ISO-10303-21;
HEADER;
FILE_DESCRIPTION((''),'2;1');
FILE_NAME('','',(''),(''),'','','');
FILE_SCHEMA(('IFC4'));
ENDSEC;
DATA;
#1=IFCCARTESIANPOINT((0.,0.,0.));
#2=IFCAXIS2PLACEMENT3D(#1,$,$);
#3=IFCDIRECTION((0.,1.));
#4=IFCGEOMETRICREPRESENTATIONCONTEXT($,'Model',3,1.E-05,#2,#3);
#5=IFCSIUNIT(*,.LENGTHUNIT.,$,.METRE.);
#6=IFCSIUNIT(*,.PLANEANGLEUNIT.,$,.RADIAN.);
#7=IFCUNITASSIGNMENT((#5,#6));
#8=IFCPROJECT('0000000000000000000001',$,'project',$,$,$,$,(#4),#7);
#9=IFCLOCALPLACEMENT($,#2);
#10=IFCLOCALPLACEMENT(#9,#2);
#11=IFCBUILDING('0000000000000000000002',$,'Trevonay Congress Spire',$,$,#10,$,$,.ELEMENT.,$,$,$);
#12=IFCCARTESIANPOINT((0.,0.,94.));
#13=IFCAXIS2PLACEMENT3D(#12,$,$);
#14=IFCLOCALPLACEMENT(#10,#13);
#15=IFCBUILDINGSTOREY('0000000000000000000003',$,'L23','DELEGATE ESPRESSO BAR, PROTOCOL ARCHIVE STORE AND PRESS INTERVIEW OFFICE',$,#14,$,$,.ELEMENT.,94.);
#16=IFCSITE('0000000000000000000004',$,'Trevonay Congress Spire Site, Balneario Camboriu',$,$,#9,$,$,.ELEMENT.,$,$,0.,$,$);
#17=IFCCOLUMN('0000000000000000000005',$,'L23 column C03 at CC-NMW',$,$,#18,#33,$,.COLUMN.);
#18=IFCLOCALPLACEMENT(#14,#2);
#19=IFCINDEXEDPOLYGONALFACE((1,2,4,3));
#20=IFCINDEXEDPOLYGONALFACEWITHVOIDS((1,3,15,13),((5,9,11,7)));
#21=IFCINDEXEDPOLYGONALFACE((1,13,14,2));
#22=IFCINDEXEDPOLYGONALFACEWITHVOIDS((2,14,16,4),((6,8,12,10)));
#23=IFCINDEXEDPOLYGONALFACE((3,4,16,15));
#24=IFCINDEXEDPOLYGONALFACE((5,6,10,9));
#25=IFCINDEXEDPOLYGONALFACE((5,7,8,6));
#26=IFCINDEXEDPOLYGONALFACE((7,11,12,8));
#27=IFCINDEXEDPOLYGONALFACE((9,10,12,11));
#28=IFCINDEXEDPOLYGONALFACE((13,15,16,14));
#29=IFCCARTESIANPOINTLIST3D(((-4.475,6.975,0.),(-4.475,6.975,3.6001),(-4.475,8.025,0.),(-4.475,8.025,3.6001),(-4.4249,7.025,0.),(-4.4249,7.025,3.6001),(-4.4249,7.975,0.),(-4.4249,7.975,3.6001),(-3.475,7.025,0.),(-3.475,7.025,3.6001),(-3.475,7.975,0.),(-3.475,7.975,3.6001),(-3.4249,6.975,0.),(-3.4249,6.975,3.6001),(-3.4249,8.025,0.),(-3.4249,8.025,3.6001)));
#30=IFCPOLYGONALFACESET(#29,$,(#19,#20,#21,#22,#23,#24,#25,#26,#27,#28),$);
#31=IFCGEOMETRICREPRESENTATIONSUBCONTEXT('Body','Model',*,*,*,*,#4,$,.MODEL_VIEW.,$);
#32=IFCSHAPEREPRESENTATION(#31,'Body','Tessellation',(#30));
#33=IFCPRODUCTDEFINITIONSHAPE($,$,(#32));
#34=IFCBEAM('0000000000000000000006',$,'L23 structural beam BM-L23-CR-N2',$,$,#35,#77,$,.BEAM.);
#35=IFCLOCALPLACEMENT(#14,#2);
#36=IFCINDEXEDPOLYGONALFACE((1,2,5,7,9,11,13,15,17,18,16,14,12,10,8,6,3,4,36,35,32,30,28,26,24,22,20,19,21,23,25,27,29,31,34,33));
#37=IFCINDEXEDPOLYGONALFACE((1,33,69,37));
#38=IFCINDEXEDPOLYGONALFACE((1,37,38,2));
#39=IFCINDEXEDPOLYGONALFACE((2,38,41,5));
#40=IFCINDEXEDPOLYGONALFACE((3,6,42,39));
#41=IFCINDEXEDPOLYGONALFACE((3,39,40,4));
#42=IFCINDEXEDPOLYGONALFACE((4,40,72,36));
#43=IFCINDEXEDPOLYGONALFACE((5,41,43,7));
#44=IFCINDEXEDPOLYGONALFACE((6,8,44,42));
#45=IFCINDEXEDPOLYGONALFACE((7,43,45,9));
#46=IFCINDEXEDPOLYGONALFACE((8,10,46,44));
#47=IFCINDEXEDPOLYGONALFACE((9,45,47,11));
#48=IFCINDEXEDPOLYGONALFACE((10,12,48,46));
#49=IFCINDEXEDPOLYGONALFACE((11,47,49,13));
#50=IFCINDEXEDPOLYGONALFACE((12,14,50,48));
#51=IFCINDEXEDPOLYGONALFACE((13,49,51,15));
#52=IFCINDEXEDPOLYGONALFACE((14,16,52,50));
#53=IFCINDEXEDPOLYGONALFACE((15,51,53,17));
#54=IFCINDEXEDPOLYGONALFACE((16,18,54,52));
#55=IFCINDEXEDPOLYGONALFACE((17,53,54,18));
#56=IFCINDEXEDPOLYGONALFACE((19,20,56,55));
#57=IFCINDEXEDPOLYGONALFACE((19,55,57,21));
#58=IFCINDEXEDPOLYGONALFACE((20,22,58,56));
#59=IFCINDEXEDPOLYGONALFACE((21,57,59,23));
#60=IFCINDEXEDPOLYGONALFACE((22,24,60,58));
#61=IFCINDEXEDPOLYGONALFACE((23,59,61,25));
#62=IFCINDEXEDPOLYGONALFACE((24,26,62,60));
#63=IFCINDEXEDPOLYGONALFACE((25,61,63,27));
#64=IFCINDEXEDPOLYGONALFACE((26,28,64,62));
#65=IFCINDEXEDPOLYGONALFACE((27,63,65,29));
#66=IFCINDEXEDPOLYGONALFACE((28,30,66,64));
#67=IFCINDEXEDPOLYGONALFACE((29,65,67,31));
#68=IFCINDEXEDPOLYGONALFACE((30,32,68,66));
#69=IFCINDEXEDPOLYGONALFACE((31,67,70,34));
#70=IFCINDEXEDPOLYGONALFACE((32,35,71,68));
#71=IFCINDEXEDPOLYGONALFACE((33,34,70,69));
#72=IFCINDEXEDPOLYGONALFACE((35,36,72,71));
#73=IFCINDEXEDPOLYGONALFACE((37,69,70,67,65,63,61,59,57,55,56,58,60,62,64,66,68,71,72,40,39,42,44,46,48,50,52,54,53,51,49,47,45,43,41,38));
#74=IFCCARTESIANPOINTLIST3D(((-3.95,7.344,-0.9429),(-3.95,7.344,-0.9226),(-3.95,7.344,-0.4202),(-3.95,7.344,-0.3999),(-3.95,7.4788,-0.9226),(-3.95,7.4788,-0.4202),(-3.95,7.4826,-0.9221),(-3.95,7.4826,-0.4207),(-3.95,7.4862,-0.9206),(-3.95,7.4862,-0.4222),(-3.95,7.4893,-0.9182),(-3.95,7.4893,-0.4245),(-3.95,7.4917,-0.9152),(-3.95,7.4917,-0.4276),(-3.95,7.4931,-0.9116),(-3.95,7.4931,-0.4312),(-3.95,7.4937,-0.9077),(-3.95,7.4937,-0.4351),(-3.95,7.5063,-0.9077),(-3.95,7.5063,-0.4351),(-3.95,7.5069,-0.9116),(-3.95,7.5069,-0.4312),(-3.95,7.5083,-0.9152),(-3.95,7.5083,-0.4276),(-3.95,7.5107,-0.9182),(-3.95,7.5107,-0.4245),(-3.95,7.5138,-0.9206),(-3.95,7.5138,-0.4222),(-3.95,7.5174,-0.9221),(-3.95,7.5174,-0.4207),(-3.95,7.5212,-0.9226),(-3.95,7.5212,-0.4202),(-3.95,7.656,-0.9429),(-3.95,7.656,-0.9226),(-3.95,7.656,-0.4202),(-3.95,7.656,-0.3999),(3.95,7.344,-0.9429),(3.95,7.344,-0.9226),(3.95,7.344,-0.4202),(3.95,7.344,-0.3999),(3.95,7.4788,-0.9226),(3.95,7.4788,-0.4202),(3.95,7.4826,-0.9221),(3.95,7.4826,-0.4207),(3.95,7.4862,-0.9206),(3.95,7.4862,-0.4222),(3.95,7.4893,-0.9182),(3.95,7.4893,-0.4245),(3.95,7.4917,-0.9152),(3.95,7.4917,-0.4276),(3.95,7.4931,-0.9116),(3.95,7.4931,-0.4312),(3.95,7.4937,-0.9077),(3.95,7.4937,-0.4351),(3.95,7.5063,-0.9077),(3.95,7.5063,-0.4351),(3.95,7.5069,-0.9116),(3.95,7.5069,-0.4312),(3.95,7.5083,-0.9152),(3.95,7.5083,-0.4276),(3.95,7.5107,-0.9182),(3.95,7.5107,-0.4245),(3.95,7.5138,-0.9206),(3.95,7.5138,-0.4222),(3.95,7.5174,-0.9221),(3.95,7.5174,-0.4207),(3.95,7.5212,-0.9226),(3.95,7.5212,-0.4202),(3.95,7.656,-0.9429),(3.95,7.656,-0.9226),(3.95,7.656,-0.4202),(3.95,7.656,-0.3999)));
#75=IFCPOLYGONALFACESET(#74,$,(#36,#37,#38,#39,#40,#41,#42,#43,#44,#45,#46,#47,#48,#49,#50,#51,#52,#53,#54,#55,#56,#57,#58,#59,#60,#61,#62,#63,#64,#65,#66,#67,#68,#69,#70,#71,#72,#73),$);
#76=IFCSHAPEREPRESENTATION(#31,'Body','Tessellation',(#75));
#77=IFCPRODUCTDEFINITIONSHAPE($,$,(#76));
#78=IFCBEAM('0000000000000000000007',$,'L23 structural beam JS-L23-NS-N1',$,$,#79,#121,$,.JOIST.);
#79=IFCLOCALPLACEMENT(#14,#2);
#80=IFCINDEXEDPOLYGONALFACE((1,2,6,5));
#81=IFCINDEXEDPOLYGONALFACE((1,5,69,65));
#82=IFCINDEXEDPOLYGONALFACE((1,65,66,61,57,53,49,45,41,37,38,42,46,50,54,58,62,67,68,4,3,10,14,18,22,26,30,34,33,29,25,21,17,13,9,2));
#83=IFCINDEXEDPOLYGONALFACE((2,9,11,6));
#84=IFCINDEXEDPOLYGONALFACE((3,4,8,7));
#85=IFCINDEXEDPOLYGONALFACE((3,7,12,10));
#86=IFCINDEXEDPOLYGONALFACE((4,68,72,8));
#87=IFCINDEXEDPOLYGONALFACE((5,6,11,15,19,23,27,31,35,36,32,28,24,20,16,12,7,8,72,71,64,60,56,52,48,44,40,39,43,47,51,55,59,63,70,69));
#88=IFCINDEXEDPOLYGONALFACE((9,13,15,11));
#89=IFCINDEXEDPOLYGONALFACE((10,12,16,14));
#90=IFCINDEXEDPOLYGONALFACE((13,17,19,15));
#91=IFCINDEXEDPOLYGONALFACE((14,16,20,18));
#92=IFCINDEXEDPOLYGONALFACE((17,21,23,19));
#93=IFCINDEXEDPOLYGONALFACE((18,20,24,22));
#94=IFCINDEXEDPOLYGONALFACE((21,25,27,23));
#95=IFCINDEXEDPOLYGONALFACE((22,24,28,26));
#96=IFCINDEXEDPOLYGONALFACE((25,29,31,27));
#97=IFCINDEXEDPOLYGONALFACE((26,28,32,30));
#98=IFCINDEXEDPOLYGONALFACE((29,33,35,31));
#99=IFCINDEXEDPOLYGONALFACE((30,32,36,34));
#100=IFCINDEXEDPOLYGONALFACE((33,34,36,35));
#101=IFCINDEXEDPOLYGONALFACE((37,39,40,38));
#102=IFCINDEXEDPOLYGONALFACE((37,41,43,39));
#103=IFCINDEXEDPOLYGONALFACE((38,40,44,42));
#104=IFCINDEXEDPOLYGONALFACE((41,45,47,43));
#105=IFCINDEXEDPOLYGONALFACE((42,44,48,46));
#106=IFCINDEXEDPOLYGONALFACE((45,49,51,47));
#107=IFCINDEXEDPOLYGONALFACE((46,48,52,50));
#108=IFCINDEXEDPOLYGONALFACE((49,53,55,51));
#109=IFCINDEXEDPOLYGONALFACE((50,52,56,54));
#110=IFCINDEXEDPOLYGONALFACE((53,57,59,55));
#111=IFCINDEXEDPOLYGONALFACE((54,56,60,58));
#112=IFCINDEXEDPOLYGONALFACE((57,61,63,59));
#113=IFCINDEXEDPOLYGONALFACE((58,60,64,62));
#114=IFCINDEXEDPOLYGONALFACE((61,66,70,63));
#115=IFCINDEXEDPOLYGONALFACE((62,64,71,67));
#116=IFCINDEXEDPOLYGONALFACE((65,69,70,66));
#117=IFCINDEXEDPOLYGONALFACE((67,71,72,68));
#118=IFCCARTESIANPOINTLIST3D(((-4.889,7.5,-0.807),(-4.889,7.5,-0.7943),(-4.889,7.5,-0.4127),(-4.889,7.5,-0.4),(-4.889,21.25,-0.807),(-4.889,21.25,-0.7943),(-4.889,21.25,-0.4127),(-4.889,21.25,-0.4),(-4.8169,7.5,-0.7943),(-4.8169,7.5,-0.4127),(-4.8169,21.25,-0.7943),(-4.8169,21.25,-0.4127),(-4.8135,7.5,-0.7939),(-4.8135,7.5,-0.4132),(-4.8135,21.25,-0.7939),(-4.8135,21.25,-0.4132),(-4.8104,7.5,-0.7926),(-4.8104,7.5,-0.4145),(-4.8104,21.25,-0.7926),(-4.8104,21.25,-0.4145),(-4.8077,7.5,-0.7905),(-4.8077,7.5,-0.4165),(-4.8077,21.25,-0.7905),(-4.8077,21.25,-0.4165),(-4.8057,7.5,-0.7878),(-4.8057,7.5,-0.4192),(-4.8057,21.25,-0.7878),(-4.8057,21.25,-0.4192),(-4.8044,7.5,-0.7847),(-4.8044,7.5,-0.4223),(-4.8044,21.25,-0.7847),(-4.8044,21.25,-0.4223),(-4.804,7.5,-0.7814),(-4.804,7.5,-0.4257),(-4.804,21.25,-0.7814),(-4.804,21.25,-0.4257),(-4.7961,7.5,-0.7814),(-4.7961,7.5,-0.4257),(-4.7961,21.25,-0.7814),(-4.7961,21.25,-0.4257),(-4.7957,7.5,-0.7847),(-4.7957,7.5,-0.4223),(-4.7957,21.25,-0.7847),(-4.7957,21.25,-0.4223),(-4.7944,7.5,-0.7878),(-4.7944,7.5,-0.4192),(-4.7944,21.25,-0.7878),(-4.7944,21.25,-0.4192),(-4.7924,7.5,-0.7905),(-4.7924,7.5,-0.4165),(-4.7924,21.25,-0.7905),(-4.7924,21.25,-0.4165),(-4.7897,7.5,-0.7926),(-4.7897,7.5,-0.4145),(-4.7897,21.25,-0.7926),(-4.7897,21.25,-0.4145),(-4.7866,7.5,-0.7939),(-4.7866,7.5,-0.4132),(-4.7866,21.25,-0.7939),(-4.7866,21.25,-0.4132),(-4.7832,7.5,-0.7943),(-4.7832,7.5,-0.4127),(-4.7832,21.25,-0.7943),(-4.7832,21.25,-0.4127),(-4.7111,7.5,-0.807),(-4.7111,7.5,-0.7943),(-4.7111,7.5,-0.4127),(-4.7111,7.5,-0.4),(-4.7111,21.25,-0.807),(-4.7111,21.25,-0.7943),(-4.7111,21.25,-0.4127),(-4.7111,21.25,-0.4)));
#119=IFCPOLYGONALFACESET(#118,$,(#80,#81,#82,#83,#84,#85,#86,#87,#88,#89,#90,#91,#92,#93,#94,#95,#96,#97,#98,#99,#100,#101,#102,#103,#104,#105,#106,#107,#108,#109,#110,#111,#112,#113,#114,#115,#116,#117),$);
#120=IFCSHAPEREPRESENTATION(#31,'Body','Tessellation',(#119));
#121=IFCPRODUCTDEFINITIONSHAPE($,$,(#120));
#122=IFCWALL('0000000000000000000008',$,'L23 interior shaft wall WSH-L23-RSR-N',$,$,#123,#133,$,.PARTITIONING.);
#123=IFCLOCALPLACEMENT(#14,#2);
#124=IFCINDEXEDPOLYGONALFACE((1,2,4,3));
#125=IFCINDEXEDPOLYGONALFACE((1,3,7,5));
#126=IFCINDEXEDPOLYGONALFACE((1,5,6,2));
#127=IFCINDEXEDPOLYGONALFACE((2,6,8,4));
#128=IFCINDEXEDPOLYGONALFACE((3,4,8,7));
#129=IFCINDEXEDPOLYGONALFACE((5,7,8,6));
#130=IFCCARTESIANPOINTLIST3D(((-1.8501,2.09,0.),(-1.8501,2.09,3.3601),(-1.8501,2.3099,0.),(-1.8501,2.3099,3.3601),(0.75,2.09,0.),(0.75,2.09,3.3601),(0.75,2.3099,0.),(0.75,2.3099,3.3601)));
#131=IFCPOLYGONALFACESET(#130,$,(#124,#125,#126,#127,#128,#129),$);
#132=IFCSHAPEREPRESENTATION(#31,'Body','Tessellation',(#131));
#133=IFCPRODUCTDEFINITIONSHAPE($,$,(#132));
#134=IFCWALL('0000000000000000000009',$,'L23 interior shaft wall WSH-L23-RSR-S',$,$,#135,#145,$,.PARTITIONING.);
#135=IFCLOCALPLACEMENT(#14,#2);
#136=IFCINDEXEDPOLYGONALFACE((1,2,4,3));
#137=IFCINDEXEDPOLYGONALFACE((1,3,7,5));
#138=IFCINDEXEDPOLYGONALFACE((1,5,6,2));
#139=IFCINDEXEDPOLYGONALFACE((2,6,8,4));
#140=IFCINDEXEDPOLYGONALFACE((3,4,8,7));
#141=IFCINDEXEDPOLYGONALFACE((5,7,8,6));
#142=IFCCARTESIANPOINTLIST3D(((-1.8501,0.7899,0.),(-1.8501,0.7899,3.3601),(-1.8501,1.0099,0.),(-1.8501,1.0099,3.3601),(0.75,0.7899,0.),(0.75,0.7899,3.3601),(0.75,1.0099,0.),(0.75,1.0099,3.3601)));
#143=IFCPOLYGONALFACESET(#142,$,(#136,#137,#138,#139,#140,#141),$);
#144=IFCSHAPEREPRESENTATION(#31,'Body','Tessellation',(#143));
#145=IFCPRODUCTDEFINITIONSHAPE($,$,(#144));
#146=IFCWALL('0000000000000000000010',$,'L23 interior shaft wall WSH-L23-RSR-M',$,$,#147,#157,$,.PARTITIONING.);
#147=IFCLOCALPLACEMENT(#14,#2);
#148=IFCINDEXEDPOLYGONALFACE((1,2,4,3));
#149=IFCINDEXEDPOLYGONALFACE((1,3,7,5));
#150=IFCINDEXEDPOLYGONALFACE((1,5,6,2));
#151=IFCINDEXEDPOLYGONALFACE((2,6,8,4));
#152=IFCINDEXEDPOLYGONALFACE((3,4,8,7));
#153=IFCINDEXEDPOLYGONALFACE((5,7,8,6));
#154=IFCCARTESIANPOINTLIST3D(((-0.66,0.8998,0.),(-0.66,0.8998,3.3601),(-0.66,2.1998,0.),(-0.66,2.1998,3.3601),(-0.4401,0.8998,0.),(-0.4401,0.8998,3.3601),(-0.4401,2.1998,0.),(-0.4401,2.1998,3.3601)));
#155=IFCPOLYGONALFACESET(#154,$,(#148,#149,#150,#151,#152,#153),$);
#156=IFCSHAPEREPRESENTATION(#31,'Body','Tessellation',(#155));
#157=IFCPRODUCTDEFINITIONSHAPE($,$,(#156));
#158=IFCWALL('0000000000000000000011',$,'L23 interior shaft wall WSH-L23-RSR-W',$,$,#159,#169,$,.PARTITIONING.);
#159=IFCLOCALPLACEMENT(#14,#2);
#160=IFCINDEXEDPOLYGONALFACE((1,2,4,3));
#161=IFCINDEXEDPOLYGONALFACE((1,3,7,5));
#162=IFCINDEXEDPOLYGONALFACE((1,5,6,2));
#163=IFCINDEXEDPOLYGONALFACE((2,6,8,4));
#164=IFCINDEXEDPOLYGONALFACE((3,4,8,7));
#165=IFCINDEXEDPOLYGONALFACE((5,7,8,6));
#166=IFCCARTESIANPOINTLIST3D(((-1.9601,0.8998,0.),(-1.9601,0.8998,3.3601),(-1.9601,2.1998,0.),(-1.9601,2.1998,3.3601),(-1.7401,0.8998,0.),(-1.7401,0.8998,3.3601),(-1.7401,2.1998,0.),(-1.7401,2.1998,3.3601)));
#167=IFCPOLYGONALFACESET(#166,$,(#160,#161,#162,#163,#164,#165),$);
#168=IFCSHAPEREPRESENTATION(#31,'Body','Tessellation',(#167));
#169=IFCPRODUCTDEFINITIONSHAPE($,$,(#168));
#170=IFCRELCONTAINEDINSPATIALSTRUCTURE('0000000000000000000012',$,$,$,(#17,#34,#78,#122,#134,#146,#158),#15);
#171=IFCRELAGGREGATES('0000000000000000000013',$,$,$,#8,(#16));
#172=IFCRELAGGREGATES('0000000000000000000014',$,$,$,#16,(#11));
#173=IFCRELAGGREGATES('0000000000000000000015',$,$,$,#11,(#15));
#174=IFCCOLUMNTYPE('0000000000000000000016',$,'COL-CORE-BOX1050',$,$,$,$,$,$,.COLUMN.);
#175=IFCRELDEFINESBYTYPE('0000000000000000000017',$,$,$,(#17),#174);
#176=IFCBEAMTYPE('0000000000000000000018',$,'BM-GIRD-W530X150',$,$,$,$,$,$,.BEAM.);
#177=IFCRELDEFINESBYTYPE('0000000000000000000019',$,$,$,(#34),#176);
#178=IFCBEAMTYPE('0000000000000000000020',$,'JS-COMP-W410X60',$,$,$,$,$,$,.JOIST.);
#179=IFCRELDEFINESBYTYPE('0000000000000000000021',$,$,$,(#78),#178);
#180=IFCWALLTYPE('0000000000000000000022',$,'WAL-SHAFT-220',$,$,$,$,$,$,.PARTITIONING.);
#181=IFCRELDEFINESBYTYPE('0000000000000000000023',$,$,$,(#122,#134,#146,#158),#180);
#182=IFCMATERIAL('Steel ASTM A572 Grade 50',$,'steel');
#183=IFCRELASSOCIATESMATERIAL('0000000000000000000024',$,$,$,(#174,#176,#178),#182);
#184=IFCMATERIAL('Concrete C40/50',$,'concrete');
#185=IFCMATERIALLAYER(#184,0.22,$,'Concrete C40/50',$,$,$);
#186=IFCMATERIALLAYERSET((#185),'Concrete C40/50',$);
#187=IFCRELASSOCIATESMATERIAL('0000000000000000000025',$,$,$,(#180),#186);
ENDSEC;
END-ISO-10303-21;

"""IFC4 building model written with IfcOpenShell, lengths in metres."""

from ifc_helpers import new_model, si_unit, direction, frame, frame_2d, origin, origin_2d, place, context, subcontext, project, spatial, rectangle, hollow_rectangle, i_section, extrude, material, layer, layer_set, material_profile, profile_set, type_object, element, save


model = new_model("IFC4")

# Units and contexts
model_context = context("Model", 3, precision=1e-05, world=origin(), true_north=direction((0.0, 1.0)))
body_context = subcontext(model_context, "Body", "Model", "MODEL_VIEW")
ifc_project = project(units=[si_unit("LENGTHUNIT", "METRE"), si_unit("PLANEANGLEUNIT", "RADIAN")], contexts=[model_context])

# Site, building, storey
site_placement = place(None, origin())
site = spatial("IfcSite", under=ifc_project, at=site_placement, Name="Trevonay Congress Spire Site, Balneario Camboriu", CompositionType="ELEMENT", RefElevation=0.0)
building_placement = place(site_placement, origin())
building = spatial("IfcBuilding", under=site, at=building_placement, Name="Trevonay Congress Spire", CompositionType="ELEMENT")
storey_placement = place(building_placement, frame((0.0, 0.0, 94.0)))
storey = spatial("IfcBuildingStorey", under=building, at=storey_placement, Name="L23", Description="DELEGATE ESPRESSO BAR, PROTOCOL ARCHIVE STORE AND PRESS INTERVIEW OFFICE", CompositionType="ELEMENT", Elevation=94.0)

# Column
ifc_material_1 = material(Name="Steel ASTM A572 Grade 50", Category="steel")
ifc_material_profile_1 = material_profile(ifc_material_1, hollow_rectangle(XDim=1.05, YDim=1.05, WallThickness=0.05, at=origin_2d()), Name="BOX 1050x1050x50")
ifc_profile_set_1 = profile_set([ifc_material_profile_1], Name="Steel ASTM A572 Grade 50")
column_type = type_object("IfcColumnType", Name="COL-CORE-BOX1050", PredefinedType="COLUMN", material=ifc_profile_set_1)
column_placement = place(storey_placement, frame((-3.95, 7.5, 0.0), z_axis=(0.0, 0.0, 1.0), x_axis=(1.0, 0.0, 0.0)))
element("IfcColumn", 1, at=column_placement, inside=storey, type_object=column_type, Name="L23 column C03 at CC-NMW", PredefinedType="COLUMN", context=body_context, shape_type="SweptSolid", body=[
    extrude(hollow_rectangle(XDim=1.05, YDim=1.05, WallThickness=0.05, at=origin_2d()), origin(), (0.0, 0.0, 1.0), 3.6001),
])

# Beams
ifc_material_profile_2 = material_profile(ifc_material_1, i_section(OverallWidth=0.312, OverallDepth=0.543, WebThickness=0.0127, FlangeThickness=0.0203, FilletRadius=0.0149, at=origin_2d()), Name="W530x150")
ifc_profile_set_2 = profile_set([ifc_material_profile_2], Name="Steel ASTM A572 Grade 50")
beam_type_1 = type_object("IfcBeamType", Name="BM-GIRD-W530X150", PredefinedType="BEAM", material=ifc_profile_set_2)
beam_1_placement = place(storey_placement, frame((-3.95, 7.5, -0.6714), z_axis=(1.0, 0.0, 0.0), x_axis=(0.0, 1.0, 0.0)))
element("IfcBeam", 2, at=beam_1_placement, inside=storey, type_object=beam_type_1, Name="L23 structural beam BM-L23-CR-N2", PredefinedType="BEAM", context=body_context, shape_type="SweptSolid", body=[
    extrude(i_section(OverallWidth=0.312, OverallDepth=0.543, WebThickness=0.0127, FlangeThickness=0.0203, FilletRadius=0.0149, at=origin_2d()), origin(), (0.0, 0.0, 1.0), 7.8999),
])
ifc_material_profile_3 = material_profile(ifc_material_1, i_section(OverallWidth=0.178, OverallDepth=0.407, WebThickness=0.0078, FlangeThickness=0.0127, FilletRadius=0.0129, at=origin_2d()), Name="W410x60")
ifc_profile_set_3 = profile_set([ifc_material_profile_3], Name="Steel ASTM A572 Grade 50")
beam_type_2 = type_object("IfcBeamType", Name="JS-COMP-W410X60", PredefinedType="JOIST", material=ifc_profile_set_3)
beam_2_placement = place(storey_placement, frame((-4.8, 7.5, -0.6035), z_axis=(0.0, 1.0, 0.0), x_axis=(-1.0, 0.0, 0.0)))
element("IfcBeam", 3, at=beam_2_placement, inside=storey, type_object=beam_type_2, Name="L23 structural beam JS-L23-NS-N1", PredefinedType="JOIST", context=body_context, shape_type="SweptSolid", body=[
    extrude(i_section(OverallWidth=0.178, OverallDepth=0.407, WebThickness=0.0078, FlangeThickness=0.0127, FilletRadius=0.0129, at=origin_2d()), origin(), (0.0, 0.0, 1.0), 13.75),
])

# Walls
ifc_material_2 = material(Name="Concrete C40/50", Category="concrete")
ifc_layer_1 = layer(ifc_material_2, 0.22, Name="Concrete C40/50")
ifc_layer_set_1 = layer_set([ifc_layer_1], Name="Concrete C40/50")
wall_type_1 = type_object("IfcWallType", Name="WAL-SHAFT-220", PredefinedType="PARTITIONING", material=ifc_layer_set_1)
for number, where, z_axis, x_axis, name in (
    (4, (-1.8501, 2.2, 0.0), (0.0, 0.0, 1.0), (1.0, 0.0, 0.0), "L23 interior shaft wall WSH-L23-RSR-N"),
    (5, (-1.8501, 0.8999, 0.0), (0.0, 0.0, 1.0), (1.0, 0.0, 0.0), "L23 interior shaft wall WSH-L23-RSR-S"),
):
    element("IfcWall", number, at=place(storey_placement, frame(where, z_axis=z_axis, x_axis=x_axis)), inside=storey, type_object=wall_type_1, Name=name, PredefinedType="PARTITIONING", context=body_context, shape_type="SweptSolid", body=[
        extrude(rectangle(XDim=2.6001, YDim=0.22, at=frame_2d((1.3, 0.0))), origin(), (0.0, 0.0, 1.0), 3.3601),
    ])
for number, where, z_axis, x_axis, name in (
    (6, (-0.55, 0.8999, 0.0), (0.0, 0.0, 1.0), (0.0, 1.0, 0.0), "L23 interior shaft wall WSH-L23-RSR-M"),
    (7, (-1.8501, 0.8999, 0.0), (0.0, 0.0, 1.0), (0.0, 1.0, 0.0), "L23 interior shaft wall WSH-L23-RSR-W"),
):
    element("IfcWall", number, at=place(storey_placement, frame(where, z_axis=z_axis, x_axis=x_axis)), inside=storey, type_object=wall_type_1, Name=name, PredefinedType="PARTITIONING", context=body_context, shape_type="SweptSolid", body=[
        extrude(rectangle(XDim=1.3, YDim=0.22, at=frame_2d((0.6499, 0.0))), origin(), (0.0, 0.0, 1.0), 3.3601),
    ])

save(model, "model.ifc")
